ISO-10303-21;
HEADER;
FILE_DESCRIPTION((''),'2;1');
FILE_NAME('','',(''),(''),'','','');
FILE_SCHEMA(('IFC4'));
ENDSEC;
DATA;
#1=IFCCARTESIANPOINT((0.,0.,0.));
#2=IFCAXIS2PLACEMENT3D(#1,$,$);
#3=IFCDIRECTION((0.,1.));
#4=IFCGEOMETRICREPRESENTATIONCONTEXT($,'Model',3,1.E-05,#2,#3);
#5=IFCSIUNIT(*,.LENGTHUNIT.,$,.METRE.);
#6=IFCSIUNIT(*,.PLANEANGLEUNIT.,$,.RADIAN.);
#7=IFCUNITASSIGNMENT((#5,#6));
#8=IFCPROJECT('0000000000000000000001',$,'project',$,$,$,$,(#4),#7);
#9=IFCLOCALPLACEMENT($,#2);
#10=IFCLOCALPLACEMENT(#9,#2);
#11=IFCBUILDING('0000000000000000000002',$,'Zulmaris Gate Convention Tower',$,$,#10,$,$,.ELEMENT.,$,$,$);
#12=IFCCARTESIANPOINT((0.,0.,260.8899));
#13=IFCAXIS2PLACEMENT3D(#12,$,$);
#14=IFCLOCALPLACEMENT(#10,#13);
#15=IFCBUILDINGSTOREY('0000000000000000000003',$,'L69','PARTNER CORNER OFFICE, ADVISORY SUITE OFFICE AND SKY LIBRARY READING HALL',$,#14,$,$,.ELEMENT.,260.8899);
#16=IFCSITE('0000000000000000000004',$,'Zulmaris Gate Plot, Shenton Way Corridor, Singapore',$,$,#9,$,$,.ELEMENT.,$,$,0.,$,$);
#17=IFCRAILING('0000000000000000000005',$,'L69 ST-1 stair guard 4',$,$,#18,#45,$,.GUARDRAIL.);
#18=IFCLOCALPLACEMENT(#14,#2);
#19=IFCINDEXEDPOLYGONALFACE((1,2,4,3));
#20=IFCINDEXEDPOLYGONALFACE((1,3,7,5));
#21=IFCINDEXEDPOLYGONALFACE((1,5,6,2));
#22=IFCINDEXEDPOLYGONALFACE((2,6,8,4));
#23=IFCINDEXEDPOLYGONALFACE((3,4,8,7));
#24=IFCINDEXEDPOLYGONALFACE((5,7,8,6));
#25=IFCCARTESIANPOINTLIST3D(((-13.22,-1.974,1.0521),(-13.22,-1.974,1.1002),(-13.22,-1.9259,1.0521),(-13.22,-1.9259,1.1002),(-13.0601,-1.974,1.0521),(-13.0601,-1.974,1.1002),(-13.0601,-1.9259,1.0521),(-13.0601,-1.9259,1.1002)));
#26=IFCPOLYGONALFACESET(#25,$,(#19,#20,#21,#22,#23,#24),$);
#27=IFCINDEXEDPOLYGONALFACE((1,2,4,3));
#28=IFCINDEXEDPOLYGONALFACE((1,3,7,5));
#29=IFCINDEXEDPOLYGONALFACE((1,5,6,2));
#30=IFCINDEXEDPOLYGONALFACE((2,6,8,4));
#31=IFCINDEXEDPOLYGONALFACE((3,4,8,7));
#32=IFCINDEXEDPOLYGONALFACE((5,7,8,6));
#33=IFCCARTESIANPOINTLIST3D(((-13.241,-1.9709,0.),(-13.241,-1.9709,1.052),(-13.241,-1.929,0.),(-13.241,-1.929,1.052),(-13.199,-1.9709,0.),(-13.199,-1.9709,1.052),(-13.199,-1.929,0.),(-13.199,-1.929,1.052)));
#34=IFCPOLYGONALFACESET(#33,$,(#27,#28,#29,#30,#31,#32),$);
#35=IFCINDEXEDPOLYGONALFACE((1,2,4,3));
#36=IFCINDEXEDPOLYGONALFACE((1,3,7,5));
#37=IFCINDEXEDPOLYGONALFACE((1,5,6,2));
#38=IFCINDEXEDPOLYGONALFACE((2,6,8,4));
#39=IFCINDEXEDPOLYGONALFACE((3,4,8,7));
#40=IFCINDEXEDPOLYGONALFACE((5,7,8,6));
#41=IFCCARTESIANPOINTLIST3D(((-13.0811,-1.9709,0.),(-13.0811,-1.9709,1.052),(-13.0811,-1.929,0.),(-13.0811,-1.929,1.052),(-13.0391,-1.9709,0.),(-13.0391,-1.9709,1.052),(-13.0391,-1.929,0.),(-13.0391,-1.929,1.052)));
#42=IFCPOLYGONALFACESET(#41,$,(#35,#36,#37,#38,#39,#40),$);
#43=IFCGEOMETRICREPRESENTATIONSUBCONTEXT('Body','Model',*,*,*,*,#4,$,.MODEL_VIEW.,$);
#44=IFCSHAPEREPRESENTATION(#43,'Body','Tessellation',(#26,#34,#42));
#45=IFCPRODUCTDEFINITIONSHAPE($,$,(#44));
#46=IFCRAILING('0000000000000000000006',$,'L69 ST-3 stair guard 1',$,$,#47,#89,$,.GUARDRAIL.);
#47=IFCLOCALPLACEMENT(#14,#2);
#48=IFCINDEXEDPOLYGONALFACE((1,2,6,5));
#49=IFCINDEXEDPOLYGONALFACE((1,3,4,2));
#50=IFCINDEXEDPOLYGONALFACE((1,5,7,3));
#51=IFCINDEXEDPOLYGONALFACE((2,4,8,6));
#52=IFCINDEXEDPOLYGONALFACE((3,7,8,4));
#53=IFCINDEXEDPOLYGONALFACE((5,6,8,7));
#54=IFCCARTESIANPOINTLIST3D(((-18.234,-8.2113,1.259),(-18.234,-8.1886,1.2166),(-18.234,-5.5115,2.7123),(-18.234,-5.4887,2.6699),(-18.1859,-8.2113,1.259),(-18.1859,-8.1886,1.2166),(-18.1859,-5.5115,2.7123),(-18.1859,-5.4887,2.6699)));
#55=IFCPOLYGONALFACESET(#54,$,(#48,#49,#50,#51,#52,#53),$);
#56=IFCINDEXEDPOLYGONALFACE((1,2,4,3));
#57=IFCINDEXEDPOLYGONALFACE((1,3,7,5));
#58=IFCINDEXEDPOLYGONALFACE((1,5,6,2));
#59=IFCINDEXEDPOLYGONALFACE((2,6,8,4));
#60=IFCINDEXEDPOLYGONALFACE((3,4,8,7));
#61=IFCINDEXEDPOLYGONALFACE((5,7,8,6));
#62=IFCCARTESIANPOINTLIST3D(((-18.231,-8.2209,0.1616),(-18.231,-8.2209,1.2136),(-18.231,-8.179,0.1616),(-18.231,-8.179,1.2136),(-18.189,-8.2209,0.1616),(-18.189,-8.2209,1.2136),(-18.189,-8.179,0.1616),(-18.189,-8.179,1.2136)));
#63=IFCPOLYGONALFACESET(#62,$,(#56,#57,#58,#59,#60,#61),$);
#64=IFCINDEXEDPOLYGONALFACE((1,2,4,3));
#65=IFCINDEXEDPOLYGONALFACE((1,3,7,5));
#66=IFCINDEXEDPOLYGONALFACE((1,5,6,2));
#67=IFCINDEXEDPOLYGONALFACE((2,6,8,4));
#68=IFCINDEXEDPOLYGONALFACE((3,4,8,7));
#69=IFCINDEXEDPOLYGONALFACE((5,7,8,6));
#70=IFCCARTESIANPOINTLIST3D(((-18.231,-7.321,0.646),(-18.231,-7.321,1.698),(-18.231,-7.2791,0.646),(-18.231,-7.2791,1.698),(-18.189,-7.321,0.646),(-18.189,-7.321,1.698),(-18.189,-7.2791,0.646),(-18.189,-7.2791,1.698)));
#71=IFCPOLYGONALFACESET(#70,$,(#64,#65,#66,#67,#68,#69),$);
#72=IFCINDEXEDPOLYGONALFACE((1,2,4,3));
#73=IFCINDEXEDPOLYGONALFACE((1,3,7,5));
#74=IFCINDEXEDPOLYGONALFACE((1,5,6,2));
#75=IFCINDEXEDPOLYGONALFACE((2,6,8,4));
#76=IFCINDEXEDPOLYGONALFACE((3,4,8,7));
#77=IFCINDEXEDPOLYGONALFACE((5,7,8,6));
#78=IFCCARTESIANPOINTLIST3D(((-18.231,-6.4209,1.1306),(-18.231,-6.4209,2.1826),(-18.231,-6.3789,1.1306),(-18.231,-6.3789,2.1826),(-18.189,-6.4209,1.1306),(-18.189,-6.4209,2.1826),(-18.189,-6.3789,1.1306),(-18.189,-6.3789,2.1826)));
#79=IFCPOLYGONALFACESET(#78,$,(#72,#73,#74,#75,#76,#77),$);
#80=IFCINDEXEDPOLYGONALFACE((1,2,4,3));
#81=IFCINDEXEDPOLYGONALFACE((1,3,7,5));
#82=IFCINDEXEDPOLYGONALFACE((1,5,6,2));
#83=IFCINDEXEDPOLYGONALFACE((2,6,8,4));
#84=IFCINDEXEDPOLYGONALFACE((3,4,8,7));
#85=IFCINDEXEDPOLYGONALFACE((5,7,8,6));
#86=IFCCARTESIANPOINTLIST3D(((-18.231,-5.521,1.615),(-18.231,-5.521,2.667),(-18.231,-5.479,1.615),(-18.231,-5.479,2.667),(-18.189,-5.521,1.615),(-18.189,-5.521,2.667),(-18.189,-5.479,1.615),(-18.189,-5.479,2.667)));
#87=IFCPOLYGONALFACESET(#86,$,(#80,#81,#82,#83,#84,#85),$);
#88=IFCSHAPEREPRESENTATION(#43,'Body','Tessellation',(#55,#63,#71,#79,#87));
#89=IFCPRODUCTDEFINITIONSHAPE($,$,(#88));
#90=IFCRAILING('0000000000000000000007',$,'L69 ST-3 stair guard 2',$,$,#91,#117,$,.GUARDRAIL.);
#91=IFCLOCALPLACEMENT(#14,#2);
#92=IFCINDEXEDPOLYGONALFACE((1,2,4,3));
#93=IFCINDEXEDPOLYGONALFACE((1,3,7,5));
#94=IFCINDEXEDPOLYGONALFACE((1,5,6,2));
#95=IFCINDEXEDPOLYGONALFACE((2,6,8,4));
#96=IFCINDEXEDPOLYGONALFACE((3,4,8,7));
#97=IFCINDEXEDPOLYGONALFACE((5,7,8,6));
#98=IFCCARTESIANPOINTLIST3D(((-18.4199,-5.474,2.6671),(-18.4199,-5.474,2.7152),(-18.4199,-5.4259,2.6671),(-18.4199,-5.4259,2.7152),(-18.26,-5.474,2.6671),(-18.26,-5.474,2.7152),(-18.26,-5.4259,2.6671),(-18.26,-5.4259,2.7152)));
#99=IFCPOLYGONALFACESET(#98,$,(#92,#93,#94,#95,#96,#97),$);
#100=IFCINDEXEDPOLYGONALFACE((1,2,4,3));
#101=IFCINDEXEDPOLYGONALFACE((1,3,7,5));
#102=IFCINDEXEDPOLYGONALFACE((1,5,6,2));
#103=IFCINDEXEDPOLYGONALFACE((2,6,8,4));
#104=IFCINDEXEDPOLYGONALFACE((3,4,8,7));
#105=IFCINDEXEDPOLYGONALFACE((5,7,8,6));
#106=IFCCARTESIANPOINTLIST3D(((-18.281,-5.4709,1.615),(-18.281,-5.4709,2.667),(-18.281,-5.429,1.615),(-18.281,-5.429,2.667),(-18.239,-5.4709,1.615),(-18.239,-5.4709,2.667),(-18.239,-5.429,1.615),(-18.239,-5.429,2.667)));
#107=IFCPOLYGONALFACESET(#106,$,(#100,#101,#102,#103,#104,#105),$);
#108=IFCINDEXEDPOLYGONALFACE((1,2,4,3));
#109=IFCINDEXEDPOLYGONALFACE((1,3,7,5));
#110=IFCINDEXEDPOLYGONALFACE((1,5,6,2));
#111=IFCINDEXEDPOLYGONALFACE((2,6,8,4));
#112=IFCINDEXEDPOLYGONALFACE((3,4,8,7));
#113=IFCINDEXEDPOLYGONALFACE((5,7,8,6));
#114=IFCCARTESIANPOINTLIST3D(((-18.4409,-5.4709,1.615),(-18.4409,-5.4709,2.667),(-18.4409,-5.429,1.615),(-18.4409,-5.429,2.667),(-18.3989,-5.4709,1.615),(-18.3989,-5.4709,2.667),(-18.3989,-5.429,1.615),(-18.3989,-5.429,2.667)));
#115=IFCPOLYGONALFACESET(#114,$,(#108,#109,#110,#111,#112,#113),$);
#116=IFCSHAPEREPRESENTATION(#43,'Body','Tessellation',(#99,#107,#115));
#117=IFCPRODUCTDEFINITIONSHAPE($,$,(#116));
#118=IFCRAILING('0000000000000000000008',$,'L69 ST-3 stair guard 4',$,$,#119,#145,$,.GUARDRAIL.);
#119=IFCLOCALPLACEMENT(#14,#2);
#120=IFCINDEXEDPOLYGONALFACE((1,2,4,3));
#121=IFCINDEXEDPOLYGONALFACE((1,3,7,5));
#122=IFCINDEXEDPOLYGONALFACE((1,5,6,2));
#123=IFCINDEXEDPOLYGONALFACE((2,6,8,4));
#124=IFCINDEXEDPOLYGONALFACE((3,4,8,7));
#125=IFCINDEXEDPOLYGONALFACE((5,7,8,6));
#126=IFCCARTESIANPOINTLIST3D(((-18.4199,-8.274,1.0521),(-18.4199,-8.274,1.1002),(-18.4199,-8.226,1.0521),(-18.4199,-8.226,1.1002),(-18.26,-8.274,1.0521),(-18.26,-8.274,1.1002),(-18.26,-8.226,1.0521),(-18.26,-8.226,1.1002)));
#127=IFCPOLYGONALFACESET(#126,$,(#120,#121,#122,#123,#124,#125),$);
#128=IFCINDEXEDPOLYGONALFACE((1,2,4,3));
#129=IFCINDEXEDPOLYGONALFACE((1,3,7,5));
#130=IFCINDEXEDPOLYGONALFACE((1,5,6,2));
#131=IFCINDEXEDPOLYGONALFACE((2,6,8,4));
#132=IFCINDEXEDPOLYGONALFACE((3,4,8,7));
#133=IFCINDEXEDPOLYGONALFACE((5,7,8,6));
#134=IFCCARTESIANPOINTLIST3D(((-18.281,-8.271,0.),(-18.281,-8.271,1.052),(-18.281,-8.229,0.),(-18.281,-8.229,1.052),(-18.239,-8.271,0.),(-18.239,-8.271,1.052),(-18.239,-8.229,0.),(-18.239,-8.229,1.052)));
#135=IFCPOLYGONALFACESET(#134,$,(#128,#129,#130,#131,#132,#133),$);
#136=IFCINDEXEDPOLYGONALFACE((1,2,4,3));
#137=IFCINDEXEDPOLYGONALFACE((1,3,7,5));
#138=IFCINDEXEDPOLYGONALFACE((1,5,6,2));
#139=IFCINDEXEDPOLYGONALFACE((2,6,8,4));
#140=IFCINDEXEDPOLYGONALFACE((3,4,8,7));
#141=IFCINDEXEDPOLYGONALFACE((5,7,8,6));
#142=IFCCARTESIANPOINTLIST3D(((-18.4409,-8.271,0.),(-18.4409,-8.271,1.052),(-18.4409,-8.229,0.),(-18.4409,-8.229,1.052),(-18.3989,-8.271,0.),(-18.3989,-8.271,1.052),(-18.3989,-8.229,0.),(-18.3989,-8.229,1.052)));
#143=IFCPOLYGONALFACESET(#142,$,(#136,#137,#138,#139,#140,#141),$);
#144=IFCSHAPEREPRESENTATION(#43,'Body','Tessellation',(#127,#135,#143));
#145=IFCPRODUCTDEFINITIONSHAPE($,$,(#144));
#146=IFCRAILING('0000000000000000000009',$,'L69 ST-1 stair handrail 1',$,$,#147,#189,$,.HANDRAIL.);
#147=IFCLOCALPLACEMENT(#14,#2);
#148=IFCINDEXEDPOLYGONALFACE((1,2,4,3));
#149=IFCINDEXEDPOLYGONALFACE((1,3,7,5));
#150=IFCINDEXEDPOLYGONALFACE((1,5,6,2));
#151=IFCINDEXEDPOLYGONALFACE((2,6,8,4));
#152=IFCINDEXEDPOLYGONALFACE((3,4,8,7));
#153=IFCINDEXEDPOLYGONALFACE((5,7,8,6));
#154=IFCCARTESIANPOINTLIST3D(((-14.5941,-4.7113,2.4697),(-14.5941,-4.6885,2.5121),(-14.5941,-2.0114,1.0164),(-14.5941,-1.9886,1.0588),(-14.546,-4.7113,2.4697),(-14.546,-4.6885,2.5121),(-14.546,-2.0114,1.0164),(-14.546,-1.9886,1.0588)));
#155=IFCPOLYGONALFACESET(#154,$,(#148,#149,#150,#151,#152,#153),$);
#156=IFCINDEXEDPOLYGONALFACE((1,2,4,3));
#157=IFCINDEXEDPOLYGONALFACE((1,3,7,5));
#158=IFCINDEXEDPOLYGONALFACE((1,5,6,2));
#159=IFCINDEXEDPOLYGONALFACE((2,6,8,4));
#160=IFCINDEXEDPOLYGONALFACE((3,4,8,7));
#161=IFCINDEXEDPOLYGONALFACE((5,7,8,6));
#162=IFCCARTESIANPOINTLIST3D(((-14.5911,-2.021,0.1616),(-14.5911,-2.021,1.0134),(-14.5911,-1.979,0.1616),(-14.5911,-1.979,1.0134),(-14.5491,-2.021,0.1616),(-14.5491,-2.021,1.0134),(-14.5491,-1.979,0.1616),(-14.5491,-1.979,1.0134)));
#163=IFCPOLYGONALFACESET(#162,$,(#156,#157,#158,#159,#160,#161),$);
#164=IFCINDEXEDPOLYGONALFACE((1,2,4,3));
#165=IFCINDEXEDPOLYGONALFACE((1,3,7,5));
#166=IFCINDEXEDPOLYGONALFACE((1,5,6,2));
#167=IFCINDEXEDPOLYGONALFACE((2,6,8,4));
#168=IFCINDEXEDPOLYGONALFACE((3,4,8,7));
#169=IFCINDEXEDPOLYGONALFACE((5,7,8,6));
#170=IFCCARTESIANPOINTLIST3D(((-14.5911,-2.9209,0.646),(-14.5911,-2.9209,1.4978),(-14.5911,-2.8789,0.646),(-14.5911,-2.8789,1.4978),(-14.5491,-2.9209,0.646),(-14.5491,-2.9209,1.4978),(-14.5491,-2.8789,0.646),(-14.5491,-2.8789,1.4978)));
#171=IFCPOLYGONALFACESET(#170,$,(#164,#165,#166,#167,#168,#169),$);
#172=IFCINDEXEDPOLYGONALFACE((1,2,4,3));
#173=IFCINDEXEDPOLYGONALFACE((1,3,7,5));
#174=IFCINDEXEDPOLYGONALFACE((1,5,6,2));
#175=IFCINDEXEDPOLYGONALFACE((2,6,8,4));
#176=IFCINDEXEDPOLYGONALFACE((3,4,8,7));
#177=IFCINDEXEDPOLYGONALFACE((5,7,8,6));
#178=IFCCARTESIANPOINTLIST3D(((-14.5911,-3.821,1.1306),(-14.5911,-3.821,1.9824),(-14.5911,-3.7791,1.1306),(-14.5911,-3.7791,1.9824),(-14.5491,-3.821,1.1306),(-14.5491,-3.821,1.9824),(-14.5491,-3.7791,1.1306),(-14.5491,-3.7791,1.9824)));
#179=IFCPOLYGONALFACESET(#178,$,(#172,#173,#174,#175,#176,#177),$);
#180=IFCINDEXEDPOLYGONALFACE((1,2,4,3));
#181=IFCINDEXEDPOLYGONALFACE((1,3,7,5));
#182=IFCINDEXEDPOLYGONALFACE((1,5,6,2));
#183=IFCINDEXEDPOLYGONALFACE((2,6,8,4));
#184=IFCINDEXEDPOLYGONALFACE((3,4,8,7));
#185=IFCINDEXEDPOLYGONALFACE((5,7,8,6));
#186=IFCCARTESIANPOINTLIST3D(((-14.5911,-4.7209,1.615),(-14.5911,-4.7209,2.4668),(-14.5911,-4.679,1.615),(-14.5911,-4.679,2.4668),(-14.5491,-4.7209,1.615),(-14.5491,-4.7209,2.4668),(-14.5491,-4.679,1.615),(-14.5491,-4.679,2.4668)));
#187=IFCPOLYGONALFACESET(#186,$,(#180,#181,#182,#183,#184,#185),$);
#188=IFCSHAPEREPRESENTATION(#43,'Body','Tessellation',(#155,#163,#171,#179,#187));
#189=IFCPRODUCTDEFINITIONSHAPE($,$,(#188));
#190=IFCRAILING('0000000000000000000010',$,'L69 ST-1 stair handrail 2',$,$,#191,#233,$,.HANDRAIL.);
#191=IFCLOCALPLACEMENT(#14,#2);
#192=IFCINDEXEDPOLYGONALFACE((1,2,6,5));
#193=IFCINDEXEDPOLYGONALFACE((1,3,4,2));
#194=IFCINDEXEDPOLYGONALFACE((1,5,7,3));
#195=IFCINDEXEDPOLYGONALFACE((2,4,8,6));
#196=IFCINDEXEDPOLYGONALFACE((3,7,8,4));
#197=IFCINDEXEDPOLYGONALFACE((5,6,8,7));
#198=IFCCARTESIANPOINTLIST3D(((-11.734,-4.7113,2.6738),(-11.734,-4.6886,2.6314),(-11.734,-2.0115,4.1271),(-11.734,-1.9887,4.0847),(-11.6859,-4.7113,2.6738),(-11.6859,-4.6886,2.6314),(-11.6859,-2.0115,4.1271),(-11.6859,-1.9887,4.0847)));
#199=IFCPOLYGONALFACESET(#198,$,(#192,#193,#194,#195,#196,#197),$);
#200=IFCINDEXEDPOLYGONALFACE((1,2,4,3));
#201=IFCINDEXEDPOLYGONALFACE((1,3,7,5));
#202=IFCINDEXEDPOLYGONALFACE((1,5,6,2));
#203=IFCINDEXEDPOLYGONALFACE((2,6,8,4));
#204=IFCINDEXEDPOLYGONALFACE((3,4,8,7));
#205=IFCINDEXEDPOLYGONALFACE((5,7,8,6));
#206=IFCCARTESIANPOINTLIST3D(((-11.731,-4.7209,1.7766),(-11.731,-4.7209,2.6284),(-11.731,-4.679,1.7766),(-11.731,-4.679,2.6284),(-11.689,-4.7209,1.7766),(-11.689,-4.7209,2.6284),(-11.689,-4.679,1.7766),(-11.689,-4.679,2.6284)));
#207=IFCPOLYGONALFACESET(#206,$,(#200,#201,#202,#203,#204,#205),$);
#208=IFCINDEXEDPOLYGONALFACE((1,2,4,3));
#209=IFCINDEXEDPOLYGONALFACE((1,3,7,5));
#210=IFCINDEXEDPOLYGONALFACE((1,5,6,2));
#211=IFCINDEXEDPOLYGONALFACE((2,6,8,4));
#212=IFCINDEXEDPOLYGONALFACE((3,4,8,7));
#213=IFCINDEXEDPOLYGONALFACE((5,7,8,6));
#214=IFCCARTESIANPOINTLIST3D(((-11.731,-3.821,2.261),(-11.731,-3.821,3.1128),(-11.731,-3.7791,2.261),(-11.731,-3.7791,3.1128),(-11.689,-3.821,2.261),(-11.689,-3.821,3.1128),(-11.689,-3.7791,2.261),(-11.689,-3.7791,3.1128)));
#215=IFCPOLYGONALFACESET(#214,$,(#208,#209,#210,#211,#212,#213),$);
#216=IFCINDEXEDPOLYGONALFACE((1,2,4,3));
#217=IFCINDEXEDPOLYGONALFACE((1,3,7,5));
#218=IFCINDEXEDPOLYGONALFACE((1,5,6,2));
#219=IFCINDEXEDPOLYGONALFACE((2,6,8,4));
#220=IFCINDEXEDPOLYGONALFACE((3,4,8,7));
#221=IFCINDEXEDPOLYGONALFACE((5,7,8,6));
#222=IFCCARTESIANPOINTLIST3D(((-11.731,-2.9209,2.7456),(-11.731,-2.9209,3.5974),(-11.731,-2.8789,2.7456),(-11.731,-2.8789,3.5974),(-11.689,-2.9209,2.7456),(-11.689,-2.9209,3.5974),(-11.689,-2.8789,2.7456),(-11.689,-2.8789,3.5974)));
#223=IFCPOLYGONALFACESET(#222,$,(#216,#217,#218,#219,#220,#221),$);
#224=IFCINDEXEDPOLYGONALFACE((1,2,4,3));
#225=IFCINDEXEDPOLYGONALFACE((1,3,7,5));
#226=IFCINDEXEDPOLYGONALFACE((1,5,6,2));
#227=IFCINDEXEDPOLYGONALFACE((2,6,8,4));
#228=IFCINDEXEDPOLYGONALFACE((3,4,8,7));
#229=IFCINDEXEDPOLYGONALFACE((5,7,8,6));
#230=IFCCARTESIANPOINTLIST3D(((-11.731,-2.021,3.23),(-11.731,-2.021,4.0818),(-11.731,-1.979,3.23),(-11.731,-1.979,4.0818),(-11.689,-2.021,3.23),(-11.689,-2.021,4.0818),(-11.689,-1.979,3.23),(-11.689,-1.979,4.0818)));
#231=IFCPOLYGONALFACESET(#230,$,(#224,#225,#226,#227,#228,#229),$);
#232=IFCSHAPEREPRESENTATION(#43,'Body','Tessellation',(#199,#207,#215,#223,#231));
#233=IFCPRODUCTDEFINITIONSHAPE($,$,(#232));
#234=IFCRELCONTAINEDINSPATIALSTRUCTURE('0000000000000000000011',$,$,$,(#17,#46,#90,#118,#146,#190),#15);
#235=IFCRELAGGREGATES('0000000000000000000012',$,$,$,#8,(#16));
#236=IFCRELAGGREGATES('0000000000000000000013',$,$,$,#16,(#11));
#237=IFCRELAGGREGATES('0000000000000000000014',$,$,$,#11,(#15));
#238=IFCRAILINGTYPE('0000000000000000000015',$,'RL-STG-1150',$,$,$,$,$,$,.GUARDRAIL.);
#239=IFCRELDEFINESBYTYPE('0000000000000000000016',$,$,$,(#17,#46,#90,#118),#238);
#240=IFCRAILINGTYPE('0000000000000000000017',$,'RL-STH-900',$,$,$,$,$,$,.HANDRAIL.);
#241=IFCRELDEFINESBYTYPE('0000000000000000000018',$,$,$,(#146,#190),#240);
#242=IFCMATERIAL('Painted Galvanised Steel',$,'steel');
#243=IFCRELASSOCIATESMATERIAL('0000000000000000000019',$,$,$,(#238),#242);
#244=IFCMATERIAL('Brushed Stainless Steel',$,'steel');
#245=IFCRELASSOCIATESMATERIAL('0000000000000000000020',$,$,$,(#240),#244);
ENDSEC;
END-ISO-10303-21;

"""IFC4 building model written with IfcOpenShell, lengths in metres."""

from ifc_helpers import new_model, si_unit, direction, frame, origin, origin_2d, place, context, subcontext, project, spatial, rectangle, extrude, material, type_object, element, save


model = new_model("IFC4")

# Units and contexts
model_context = context("Model", 3, precision=1e-05, world=origin(), true_north=direction((0.0, 1.0)))
body_context = subcontext(model_context, "Body", "Model", "MODEL_VIEW")
ifc_project = project(units=[si_unit("LENGTHUNIT", "METRE"), si_unit("PLANEANGLEUNIT", "RADIAN")], contexts=[model_context])

# Site, building, storey
site_placement = place(None, origin())
site = spatial("IfcSite", under=ifc_project, at=site_placement, Name="Zulmaris Gate Plot, Shenton Way Corridor, Singapore", CompositionType="ELEMENT", RefElevation=0.0)
building_placement = place(site_placement, origin())
building = spatial("IfcBuilding", under=site, at=building_placement, Name="Zulmaris Gate Convention Tower", CompositionType="ELEMENT")
storey_placement = place(building_placement, frame((0.0, 0.0, 260.8899)))
storey = spatial("IfcBuildingStorey", under=building, at=storey_placement, Name="L69", Description="PARTNER CORNER OFFICE, ADVISORY SUITE OFFICE AND SKY LIBRARY READING HALL", CompositionType="ELEMENT", Elevation=260.8899)

# Shared definitions
ifc_material_1 = material(Name="Brushed Stainless Steel", Category="steel")

# Railings
ifc_material_2 = material(Name="Painted Galvanised Steel", Category="steel")
railing_type_1 = type_object("IfcRailingType", Name="RL-STG-1150", PredefinedType="GUARDRAIL", material=ifc_material_2)
railing_1_placement = place(storey_placement, frame((-13.22, -1.95, 0.0)))
element("IfcRailing", 1, at=railing_1_placement, inside=storey, type_object=railing_type_1, Name="L69 ST-1 stair guard 4", PredefinedType="GUARDRAIL", context=body_context, shape_type="SweptSolid", body=[
    extrude(rectangle(XDim=0.0481, YDim=0.0481, at=origin_2d()), frame((0.0, 0.0, 1.0762), z_axis=(1.0, 0.0, 0.0), x_axis=(0.0, 1.0, 0.0)), (0.0, 0.0, 1.0), 0.1599),
    extrude(rectangle(XDim=0.042, YDim=0.042, at=origin_2d()), origin(), (0.0, 0.0, 1.0), 1.052),
    extrude(rectangle(XDim=0.042, YDim=0.042, at=origin_2d()), frame((0.1599, 0.0, 0.0)), (0.0, 0.0, 1.0), 1.052),
])
railing_2_placement = place(storey_placement, frame((-18.21, -8.2, 0.1616)))
element("IfcRailing", 2, at=railing_2_placement, inside=storey, type_object=railing_type_1, Name="L69 ST-3 stair guard 1", PredefinedType="GUARDRAIL", context=body_context, shape_type="SweptSolid", body=[
    extrude(rectangle(XDim=0.0481, YDim=0.0481, at=origin_2d()), frame((0.0, 0.0, 1.0762), z_axis=(0.0, 0.880532, 0.473986), x_axis=(-1.0, 0.0, 0.0)), (0.0, 0.0, 1.0), 3.0662),
    extrude(rectangle(XDim=0.042, YDim=0.042, at=origin_2d()), origin(), (0.0, 0.0, 1.0), 1.052),
    extrude(rectangle(XDim=0.042, YDim=0.042, at=origin_2d()), frame((0.0, 0.8999, 0.4844)), (0.0, 0.0, 1.0), 1.052),
    extrude(rectangle(XDim=0.042, YDim=0.042, at=origin_2d()), frame((0.0, 1.8, 0.969)), (0.0, 0.0, 1.0), 1.052),
    extrude(rectangle(XDim=0.042, YDim=0.042, at=origin_2d()), frame((0.0, 2.7, 1.4534)), (0.0, 0.0, 1.0), 1.052),
])
for number, where, name in (
    (3, (-18.26, -5.45, 1.615), "L69 ST-3 stair guard 2"),
    (4, (-18.26, -8.25, 0.0), "L69 ST-3 stair guard 4"),
):
    element("IfcRailing", number, at=place(storey_placement, frame(where)), inside=storey, type_object=railing_type_1, Name=name, PredefinedType="GUARDRAIL", context=body_context, shape_type="SweptSolid", body=[
        extrude(rectangle(XDim=0.0481, YDim=0.0481, at=origin_2d()), frame((0.0, 0.0, 1.0762), z_axis=(-1.0, 0.0, 0.0), x_axis=(0.0, -1.0, 0.0)), (0.0, 0.0, 1.0), 0.1599),
        extrude(rectangle(XDim=0.042, YDim=0.042, at=origin_2d()), origin(), (0.0, 0.0, 1.0), 1.052),
        extrude(rectangle(XDim=0.042, YDim=0.042, at=origin_2d()), frame((-0.1599, 0.0, 0.0)), (0.0, 0.0, 1.0), 1.052),
    ])
railing_type_2 = type_object("IfcRailingType", Name="RL-STH-900", PredefinedType="HANDRAIL", material=ifc_material_1)
railing_3_placement = place(storey_placement, frame((-14.5701, -2.0, 0.1616)))
element("IfcRailing", 5, at=railing_3_placement, inside=storey, type_object=railing_type_2, Name="L69 ST-1 stair handrail 1", PredefinedType="HANDRAIL", context=body_context, shape_type="SweptSolid", body=[
    extrude(rectangle(XDim=0.0481, YDim=0.0481, at=origin_2d()), frame((0.0, 0.0, 0.876), z_axis=(0.0, -0.880532, 0.473986), x_axis=(1.0, 0.0, 0.0)), (0.0, 0.0, 1.0), 3.0662),
    extrude(rectangle(XDim=0.042, YDim=0.042, at=origin_2d()), origin(), (0.0, 0.0, 1.0), 0.8518),
    extrude(rectangle(XDim=0.042, YDim=0.042, at=origin_2d()), frame((0.0, -0.8999, 0.4844)), (0.0, 0.0, 1.0), 0.8518),
    extrude(rectangle(XDim=0.042, YDim=0.042, at=origin_2d()), frame((0.0, -1.8, 0.969)), (0.0, 0.0, 1.0), 0.8518),
    extrude(rectangle(XDim=0.042, YDim=0.042, at=origin_2d()), frame((0.0, -2.7, 1.4534)), (0.0, 0.0, 1.0), 0.8518),
])
for number, where, name in (
    (6, (-11.71, -4.7, 1.7766), "L69 ST-1 stair handrail 2"),
):
    element("IfcRailing", number, at=place(storey_placement, frame(where)), inside=storey, type_object=railing_type_2, Name=name, PredefinedType="HANDRAIL", context=body_context, shape_type="SweptSolid", body=[
        extrude(rectangle(XDim=0.0481, YDim=0.0481, at=origin_2d()), frame((0.0, 0.0, 0.876), z_axis=(0.0, 0.880532, 0.473986), x_axis=(-1.0, 0.0, 0.0)), (0.0, 0.0, 1.0), 3.0662),
        extrude(rectangle(XDim=0.042, YDim=0.042, at=origin_2d()), origin(), (0.0, 0.0, 1.0), 0.8518),
        extrude(rectangle(XDim=0.042, YDim=0.042, at=origin_2d()), frame((0.0, 0.8999, 0.4844)), (0.0, 0.0, 1.0), 0.8518),
        extrude(rectangle(XDim=0.042, YDim=0.042, at=origin_2d()), frame((0.0, 1.8, 0.969)), (0.0, 0.0, 1.0), 0.8518),
        extrude(rectangle(XDim=0.042, YDim=0.042, at=origin_2d()), frame((0.0, 2.7, 1.4534)), (0.0, 0.0, 1.0), 0.8518),
    ])

save(model, "model.ifc")
